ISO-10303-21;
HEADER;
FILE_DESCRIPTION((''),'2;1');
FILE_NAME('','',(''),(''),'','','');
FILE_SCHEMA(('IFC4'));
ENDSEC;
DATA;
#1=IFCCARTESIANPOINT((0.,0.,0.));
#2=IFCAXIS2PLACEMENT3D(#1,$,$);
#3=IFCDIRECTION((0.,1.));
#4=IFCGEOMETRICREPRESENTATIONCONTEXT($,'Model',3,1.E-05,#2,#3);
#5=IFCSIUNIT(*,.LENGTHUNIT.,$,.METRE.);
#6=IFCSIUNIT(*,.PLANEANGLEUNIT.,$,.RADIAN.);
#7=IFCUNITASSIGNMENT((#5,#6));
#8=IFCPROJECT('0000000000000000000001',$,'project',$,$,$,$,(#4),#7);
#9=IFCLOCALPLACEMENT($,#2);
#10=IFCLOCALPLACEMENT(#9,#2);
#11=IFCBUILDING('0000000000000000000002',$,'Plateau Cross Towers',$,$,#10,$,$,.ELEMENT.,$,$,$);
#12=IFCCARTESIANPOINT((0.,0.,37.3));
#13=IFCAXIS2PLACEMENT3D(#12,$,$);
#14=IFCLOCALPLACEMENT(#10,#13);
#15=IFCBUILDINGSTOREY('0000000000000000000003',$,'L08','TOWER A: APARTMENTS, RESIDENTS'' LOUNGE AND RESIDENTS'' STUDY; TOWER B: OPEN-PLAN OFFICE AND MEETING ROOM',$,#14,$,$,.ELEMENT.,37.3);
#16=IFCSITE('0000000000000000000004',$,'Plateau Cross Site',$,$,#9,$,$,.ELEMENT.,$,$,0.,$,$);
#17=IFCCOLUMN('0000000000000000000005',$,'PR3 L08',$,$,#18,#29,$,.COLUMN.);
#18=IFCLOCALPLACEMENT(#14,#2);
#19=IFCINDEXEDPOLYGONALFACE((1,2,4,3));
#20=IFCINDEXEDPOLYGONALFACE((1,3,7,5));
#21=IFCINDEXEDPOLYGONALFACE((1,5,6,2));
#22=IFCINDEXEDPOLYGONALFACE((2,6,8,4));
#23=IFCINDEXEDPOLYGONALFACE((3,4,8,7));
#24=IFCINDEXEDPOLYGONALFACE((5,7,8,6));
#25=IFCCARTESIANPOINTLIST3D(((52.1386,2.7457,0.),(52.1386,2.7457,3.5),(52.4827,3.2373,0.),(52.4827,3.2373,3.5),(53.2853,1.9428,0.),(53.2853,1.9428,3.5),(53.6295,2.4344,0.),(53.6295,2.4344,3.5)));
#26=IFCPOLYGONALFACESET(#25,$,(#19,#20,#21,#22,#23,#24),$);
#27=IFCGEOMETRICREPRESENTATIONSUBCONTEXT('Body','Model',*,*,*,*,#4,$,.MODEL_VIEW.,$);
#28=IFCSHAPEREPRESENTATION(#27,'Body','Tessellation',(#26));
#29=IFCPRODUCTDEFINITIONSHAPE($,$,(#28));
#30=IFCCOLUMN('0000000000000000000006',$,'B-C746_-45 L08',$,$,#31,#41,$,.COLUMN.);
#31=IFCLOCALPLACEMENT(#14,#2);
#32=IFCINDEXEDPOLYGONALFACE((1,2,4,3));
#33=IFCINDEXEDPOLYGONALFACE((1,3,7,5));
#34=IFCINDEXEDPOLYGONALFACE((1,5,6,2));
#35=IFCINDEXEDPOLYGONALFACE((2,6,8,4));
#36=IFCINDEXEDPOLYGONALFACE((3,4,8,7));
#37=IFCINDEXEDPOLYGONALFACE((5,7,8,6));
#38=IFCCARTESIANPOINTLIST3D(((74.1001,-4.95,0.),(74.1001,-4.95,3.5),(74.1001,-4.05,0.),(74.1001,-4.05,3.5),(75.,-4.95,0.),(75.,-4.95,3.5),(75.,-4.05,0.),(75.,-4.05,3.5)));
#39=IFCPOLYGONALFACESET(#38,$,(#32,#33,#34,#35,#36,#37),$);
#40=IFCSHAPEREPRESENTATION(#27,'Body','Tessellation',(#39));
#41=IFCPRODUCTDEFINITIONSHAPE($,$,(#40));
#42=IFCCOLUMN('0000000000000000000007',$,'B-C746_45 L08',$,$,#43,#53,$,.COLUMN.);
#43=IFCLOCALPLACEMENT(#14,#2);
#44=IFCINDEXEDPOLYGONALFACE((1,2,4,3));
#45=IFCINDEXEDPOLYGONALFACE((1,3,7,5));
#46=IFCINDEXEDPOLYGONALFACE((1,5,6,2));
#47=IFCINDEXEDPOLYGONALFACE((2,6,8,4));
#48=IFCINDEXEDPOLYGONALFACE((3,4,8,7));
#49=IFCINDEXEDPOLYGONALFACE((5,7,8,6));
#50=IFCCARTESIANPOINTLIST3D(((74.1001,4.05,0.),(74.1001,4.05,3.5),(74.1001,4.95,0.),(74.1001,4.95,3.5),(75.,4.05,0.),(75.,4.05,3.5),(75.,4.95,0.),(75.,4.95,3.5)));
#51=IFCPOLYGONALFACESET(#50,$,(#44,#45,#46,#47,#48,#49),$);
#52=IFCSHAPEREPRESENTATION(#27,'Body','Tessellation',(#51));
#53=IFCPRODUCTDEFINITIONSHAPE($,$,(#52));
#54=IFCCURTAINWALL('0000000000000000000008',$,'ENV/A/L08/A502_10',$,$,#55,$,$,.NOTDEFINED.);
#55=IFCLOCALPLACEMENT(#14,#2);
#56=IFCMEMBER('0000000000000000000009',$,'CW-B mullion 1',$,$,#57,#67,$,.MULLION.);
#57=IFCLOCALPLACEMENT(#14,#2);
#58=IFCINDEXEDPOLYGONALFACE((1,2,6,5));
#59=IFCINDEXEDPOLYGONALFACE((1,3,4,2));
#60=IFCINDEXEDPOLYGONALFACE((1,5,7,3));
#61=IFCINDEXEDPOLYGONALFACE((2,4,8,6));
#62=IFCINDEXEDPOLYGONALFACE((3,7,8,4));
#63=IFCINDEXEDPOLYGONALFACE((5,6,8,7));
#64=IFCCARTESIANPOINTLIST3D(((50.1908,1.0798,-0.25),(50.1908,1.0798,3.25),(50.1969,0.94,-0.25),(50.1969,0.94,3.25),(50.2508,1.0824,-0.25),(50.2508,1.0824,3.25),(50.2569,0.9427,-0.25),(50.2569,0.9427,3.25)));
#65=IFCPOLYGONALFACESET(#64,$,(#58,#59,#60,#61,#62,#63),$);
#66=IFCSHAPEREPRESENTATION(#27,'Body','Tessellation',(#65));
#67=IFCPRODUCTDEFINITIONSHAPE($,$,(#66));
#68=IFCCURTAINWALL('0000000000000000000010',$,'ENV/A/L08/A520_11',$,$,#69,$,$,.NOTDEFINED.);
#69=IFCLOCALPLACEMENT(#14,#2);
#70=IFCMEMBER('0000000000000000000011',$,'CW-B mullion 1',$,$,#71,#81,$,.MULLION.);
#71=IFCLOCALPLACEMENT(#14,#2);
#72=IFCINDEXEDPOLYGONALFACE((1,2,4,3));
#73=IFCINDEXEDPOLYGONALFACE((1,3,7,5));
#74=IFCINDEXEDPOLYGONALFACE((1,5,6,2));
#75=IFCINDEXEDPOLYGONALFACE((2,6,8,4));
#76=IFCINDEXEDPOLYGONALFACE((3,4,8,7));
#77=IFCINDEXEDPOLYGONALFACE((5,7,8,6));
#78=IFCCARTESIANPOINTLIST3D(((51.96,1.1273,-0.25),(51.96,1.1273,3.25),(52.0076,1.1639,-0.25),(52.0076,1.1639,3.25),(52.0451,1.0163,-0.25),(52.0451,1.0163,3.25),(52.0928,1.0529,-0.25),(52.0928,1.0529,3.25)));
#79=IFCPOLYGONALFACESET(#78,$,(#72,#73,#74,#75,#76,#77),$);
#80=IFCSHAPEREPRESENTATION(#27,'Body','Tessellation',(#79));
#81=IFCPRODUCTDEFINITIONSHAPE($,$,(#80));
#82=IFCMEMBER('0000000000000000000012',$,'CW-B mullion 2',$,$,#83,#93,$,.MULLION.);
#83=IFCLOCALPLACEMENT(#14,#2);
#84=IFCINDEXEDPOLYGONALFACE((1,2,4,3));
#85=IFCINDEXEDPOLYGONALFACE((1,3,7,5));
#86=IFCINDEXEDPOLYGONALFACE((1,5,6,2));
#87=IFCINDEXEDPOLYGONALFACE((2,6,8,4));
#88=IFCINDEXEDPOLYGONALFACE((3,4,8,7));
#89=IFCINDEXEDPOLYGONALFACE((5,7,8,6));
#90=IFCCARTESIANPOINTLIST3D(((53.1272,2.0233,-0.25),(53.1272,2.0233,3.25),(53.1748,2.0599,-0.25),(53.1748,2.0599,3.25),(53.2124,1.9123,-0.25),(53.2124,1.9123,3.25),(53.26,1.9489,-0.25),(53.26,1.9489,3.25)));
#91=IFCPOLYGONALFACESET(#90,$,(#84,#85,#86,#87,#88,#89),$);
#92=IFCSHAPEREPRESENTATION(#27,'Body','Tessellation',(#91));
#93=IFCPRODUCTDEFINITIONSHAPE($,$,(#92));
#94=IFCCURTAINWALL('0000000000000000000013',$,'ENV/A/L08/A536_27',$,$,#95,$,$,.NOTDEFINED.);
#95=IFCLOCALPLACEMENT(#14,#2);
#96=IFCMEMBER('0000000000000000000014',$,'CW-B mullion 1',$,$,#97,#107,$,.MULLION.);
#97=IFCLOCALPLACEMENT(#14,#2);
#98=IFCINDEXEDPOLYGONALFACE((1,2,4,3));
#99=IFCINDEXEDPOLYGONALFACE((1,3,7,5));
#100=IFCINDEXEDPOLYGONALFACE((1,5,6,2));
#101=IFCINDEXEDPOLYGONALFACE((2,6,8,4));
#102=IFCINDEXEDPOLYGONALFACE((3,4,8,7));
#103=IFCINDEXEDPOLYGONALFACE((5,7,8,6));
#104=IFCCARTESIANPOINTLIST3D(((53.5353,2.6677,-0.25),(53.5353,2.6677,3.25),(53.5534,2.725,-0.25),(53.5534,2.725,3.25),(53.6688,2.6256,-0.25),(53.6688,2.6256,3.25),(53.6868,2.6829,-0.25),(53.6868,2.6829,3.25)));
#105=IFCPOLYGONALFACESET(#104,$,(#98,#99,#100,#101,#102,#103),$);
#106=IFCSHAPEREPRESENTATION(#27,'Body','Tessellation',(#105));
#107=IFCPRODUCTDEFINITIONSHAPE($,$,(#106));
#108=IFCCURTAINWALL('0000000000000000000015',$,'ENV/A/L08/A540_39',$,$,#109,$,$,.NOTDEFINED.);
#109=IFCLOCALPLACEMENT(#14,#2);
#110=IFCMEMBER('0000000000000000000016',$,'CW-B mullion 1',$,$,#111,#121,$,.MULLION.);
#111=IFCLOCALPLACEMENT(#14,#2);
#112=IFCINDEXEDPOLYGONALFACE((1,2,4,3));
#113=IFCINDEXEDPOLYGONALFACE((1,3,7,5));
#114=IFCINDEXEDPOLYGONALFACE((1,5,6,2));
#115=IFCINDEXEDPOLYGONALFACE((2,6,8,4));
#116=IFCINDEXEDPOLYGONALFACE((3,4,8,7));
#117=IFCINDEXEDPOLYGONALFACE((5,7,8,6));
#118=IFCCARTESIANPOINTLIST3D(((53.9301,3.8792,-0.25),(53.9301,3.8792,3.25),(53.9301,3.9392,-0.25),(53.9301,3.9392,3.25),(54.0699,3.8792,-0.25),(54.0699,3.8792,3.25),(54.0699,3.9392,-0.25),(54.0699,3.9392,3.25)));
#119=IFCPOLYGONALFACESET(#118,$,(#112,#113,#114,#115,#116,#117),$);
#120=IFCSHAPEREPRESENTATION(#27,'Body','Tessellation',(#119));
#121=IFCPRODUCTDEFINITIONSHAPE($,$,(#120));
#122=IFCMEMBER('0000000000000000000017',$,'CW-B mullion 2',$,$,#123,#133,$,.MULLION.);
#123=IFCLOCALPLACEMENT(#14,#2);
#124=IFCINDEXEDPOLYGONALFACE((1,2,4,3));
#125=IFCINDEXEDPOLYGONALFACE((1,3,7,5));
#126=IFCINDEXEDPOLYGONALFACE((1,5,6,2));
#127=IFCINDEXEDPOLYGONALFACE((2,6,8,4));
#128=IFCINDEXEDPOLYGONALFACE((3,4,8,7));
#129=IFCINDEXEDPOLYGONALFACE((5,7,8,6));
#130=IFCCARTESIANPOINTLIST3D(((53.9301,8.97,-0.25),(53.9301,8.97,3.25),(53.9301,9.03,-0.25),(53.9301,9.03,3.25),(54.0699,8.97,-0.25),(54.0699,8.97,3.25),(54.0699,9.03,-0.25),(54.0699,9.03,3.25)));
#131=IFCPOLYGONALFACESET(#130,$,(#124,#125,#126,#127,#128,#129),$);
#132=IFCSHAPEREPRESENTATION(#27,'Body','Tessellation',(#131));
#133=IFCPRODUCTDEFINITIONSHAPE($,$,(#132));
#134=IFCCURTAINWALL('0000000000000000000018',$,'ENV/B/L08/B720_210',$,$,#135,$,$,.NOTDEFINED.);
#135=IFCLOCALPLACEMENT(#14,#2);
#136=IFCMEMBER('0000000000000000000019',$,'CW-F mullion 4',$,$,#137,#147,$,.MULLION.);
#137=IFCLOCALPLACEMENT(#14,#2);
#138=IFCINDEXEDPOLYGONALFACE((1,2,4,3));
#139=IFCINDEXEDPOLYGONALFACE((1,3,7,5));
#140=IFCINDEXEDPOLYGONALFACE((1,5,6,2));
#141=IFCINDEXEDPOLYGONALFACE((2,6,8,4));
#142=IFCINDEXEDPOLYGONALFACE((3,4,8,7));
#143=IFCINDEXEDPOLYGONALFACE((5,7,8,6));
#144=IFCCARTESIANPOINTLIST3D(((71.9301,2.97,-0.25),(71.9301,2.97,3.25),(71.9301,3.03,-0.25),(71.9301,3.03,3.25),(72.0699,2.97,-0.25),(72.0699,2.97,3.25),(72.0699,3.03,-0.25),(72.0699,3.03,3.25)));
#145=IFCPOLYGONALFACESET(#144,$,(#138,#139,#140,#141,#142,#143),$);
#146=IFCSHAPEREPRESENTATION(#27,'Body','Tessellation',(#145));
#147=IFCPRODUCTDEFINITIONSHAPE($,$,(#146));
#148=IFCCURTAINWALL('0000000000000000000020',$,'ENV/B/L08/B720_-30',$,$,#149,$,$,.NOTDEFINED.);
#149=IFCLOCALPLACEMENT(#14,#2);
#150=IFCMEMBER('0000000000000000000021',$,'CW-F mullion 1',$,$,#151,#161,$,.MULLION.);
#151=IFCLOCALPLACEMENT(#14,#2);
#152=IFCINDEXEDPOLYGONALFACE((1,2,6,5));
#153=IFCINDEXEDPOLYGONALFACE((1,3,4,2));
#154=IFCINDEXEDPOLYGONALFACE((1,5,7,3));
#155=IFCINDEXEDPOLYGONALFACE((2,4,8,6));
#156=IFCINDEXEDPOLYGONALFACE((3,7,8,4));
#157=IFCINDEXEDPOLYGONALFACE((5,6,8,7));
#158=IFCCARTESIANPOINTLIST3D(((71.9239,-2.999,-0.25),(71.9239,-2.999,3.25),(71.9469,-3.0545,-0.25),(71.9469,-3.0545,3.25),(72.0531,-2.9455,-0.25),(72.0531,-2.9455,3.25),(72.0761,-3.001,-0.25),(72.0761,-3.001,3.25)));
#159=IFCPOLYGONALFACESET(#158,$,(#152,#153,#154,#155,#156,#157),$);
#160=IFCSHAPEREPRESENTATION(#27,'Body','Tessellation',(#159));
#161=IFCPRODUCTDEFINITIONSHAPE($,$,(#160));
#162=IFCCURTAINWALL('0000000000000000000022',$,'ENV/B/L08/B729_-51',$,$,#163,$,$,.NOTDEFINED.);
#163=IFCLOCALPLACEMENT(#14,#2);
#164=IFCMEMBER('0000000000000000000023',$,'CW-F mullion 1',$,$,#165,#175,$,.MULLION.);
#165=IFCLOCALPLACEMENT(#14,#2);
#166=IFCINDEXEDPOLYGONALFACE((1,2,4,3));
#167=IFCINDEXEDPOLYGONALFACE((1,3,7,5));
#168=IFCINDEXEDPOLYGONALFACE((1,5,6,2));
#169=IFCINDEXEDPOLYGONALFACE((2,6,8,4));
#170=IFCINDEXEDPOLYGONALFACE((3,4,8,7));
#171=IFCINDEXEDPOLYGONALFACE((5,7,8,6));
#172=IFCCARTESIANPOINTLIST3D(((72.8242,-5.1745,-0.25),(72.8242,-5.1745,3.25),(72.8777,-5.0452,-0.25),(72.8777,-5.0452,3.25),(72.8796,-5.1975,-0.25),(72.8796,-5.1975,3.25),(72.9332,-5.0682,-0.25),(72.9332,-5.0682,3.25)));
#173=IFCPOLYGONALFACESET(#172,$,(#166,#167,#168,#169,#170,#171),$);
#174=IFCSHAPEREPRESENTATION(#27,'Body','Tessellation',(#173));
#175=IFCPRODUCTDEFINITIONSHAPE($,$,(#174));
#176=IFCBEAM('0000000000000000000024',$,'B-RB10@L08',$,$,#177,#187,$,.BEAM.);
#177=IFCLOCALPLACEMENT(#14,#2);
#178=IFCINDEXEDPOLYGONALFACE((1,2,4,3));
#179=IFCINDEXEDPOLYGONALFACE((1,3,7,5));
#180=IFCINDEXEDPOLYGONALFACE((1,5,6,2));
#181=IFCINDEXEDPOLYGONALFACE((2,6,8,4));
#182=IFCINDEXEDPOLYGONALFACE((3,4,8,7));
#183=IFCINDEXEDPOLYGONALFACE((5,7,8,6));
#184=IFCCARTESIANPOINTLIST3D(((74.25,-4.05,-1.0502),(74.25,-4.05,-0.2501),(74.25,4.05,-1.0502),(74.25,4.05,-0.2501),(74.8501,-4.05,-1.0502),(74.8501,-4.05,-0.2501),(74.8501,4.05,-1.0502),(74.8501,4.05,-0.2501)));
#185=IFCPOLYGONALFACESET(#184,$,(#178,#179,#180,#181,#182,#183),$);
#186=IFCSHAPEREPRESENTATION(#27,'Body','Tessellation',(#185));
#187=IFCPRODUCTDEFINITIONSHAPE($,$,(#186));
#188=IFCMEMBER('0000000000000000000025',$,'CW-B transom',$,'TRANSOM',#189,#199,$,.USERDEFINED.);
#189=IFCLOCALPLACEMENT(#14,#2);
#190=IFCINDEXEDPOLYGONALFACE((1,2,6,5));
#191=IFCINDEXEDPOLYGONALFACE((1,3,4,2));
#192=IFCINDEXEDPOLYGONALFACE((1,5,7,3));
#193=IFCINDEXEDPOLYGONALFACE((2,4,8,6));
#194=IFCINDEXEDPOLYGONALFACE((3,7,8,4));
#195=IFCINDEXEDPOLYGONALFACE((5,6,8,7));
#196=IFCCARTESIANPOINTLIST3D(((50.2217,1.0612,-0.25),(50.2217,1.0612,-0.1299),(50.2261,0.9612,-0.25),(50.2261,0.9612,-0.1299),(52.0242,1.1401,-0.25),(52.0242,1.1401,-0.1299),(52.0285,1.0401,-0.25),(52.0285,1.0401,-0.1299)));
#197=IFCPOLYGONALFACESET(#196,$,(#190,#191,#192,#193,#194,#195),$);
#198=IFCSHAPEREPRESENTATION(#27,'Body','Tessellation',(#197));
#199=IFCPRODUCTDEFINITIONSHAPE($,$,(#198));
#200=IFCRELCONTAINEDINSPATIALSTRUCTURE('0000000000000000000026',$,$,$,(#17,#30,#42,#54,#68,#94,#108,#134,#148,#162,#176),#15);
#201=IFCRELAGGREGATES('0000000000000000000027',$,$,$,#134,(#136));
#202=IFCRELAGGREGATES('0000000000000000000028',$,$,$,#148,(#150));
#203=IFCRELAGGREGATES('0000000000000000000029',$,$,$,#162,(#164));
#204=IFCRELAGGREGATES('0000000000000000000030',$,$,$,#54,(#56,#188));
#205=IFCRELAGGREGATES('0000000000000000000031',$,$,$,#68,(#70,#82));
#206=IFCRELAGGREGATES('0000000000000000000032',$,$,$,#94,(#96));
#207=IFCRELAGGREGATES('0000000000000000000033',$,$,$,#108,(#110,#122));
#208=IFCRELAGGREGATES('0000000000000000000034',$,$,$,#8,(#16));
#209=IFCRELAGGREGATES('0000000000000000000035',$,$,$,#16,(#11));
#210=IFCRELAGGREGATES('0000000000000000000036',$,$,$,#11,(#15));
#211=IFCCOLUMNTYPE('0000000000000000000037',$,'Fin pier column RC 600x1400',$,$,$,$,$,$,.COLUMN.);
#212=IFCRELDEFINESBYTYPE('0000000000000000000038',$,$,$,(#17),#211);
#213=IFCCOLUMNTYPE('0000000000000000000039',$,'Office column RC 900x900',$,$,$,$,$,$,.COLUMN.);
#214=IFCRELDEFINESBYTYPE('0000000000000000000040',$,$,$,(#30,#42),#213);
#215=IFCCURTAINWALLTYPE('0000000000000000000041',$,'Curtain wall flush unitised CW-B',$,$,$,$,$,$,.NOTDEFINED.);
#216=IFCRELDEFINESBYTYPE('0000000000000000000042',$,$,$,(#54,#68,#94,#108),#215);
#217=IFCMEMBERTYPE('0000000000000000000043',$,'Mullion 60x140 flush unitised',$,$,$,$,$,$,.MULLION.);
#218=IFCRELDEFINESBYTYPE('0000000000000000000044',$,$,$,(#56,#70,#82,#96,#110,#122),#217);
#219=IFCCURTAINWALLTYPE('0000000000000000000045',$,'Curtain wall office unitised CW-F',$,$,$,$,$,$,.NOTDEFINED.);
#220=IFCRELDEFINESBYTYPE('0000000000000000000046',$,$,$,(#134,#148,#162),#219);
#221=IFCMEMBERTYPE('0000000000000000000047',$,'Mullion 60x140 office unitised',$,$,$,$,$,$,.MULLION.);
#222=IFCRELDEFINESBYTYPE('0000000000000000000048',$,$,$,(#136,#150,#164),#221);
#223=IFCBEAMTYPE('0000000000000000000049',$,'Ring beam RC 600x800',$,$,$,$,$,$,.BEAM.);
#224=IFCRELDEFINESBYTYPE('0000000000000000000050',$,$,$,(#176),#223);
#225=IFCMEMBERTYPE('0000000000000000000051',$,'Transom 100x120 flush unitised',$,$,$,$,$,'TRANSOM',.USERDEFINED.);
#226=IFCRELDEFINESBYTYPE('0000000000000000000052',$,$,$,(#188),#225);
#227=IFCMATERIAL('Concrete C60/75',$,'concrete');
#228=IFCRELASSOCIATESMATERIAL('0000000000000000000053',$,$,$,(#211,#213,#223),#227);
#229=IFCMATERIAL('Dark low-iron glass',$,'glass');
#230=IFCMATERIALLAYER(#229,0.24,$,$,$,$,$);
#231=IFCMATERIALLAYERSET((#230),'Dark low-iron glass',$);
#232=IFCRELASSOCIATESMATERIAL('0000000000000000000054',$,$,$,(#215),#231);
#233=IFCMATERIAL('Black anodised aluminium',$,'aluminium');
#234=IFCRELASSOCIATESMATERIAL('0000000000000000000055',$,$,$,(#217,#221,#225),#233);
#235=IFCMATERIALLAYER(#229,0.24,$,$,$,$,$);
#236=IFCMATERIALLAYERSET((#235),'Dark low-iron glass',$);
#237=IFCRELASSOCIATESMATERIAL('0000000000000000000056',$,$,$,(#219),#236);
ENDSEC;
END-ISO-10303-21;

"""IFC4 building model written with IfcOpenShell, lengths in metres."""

from ifc_helpers import new_model, si_unit, direction, frame, origin, origin_2d, place, context, subcontext, project, spatial, rectangle, extrude, material, layer, layer_set, material_profile, profile_set, type_object, element, aggregate, save


model = new_model("IFC4")

# Units and contexts
model_context = context("Model", 3, precision=1e-05, world=origin(), true_north=direction((0.0, 1.0)))
body_context = subcontext(model_context, "Body", "Model", "MODEL_VIEW")
ifc_project = project(units=[si_unit("LENGTHUNIT", "METRE"), si_unit("PLANEANGLEUNIT", "RADIAN")], contexts=[model_context])

# Site, building, storey
site_placement = place(None, origin())
site = spatial("IfcSite", under=ifc_project, at=site_placement, Name="Plateau Cross Site", CompositionType="ELEMENT", RefElevation=0.0)
building_placement = place(site_placement, origin())
building = spatial("IfcBuilding", under=site, at=building_placement, Name="Plateau Cross Towers", CompositionType="ELEMENT")
storey_placement = place(building_placement, frame((0.0, 0.0, 37.3)))
storey = spatial("IfcBuildingStorey", under=building, at=storey_placement, Name="L08", Description="TOWER A: APARTMENTS, RESIDENTS' LOUNGE AND RESIDENTS' STUDY; TOWER B: OPEN-PLAN OFFICE AND MEETING ROOM", CompositionType="ELEMENT", Elevation=37.3)

# Columns
ifc_material_1 = material(Name="Concrete C60/75", Category="concrete")
ifc_material_profile_1 = material_profile(ifc_material_1, rectangle(XDim=0.6001, YDim=1.3999, at=origin_2d()), Name="RC 600x1400")
ifc_profile_set_1 = profile_set([ifc_material_profile_1], Name="Concrete C60/75")
column_type_1 = type_object("IfcColumnType", Name="Fin pier column RC 600x1400", PredefinedType="COLUMN", material=ifc_profile_set_1)
column_placement = place(storey_placement, frame((52.884, 2.5901, 0.0), z_axis=(0.0, 0.0, 1.0), x_axis=(0.573543, 0.819176, 0.0)))
element("IfcColumn", 1, at=column_placement, inside=storey, type_object=column_type_1, Name="PR3 L08", PredefinedType="COLUMN", context=body_context, shape_type="SweptSolid", body=[
    extrude(rectangle(XDim=0.6001, YDim=1.3999, at=origin_2d()), origin(), (0.0, 0.0, 1.0), 3.5),
])
ifc_material_profile_2 = material_profile(ifc_material_1, rectangle(XDim=0.8999, YDim=0.8999, at=origin_2d()), Name="RC 900x900")
ifc_profile_set_2 = profile_set([ifc_material_profile_2], Name="Concrete C60/75")
column_type_2 = type_object("IfcColumnType", Name="Office column RC 900x900", PredefinedType="COLUMN", material=ifc_profile_set_2)
for number, where, z_axis, x_axis, name in (
    (2, (74.55, -4.5, 0.0), (0.0, 0.0, 1.0), (1.0, 0.0, 0.0), "B-C746_-45 L08"),
    (3, (74.55, 4.5, 0.0), (0.0, 0.0, 1.0), (1.0, 0.0, 0.0), "B-C746_45 L08"),
):
    element("IfcColumn", number, at=place(storey_placement, frame(where, z_axis=z_axis, x_axis=x_axis)), inside=storey, type_object=column_type_2, Name=name, PredefinedType="COLUMN", context=body_context, shape_type="SweptSolid", body=[
        extrude(rectangle(XDim=0.8999, YDim=0.8999, at=origin_2d()), origin(), (0.0, 0.0, 1.0), 3.5),
    ])

# Curtain wall, member
ifc_material_2 = material(Name="Dark low-iron glass", Category="glass")
ifc_layer_1 = layer(ifc_material_2, 0.24)
ifc_layer_set_1 = layer_set([ifc_layer_1], Name="Dark low-iron glass")
curtain_wall_type_1 = type_object("IfcCurtainWallType", Name="Curtain wall flush unitised CW-B", PredefinedType="NOTDEFINED", material=ifc_layer_set_1)
curtain_wall_1_placement = place(storey_placement, origin())
curtain_wall_1 = element("IfcCurtainWall", 4, at=curtain_wall_1_placement, inside=storey, type_object=curtain_wall_type_1, Name="ENV/A/L08/A502_10", PredefinedType="NOTDEFINED")
ifc_material_3 = material(Name="Black anodised aluminium", Category="aluminium")
ifc_material_profile_3 = material_profile(ifc_material_3, rectangle(XDim=0.0601, YDim=0.1399, at=origin_2d()), Name="MULLION 60x140")
ifc_profile_set_3 = profile_set([ifc_material_profile_3], Name="Black anodised aluminium")
member_type_1 = type_object("IfcMemberType", Name="Mullion 60x140 flush unitised", PredefinedType="MULLION", material=ifc_profile_set_3)
member_1_placement = place(storey_placement, frame((50.2239, 1.0112, -0.25), z_axis=(0.0, 0.0, 1.0), x_axis=(0.999044, 0.043723, 0.0)))
member_1 = element("IfcMember", 5, at=member_1_placement, type_object=member_type_1, Name="CW-B mullion 1", PredefinedType="MULLION", context=body_context, shape_type="SweptSolid", body=[
    extrude(rectangle(XDim=0.0601, YDim=0.1399, at=origin_2d()), origin(), (0.0, 0.0, 1.0), 3.5),
])

# Curtain wall, members
curtain_wall_2_placement = place(storey_placement, origin())
curtain_wall_2 = element("IfcCurtainWall", 6, at=curtain_wall_2_placement, inside=storey, type_object=curtain_wall_type_1, Name="ENV/A/L08/A520_11", PredefinedType="NOTDEFINED")
member_2_placement = place(storey_placement, frame((52.0264, 1.0901, -0.25), z_axis=(0.0, 0.0, 1.0), x_axis=(0.793316, 0.608811, 0.0)))
member_2 = element("IfcMember", 7, at=member_2_placement, type_object=member_type_1, Name="CW-B mullion 1", PredefinedType="MULLION", context=body_context, shape_type="SweptSolid", body=[
    extrude(rectangle(XDim=0.0601, YDim=0.1399, at=origin_2d()), origin(), (0.0, 0.0, 1.0), 3.5),
])
member_3_placement = place(storey_placement, frame((53.1936, 1.9861, -0.25), z_axis=(0.0, 0.0, 1.0), x_axis=(0.793316, 0.608811, 0.0)))
member_3 = element("IfcMember", 8, at=member_3_placement, type_object=member_type_1, Name="CW-B mullion 2", PredefinedType="MULLION", context=body_context, shape_type="SweptSolid", body=[
    extrude(rectangle(XDim=0.0601, YDim=0.1399, at=origin_2d()), origin(), (0.0, 0.0, 1.0), 3.5),
])

# Curtain wall, member
curtain_wall_3_placement = place(storey_placement, origin())
curtain_wall_3 = element("IfcCurtainWall", 9, at=curtain_wall_3_placement, inside=storey, type_object=curtain_wall_type_1, Name="ENV/A/L08/A536_27", PredefinedType="NOTDEFINED")
member_4_placement = place(storey_placement, frame((53.6111, 2.6753, -0.25), z_axis=(0.0, 0.0, 1.0), x_axis=(0.300686, 0.953723, 0.0)))
member_4 = element("IfcMember", 10, at=member_4_placement, type_object=member_type_1, Name="CW-B mullion 1", PredefinedType="MULLION", context=body_context, shape_type="SweptSolid", body=[
    extrude(rectangle(XDim=0.0601, YDim=0.1399, at=origin_2d()), origin(), (0.0, 0.0, 1.0), 3.5),
])

# Curtain wall, members
curtain_wall_4_placement = place(storey_placement, origin())
curtain_wall_4 = element("IfcCurtainWall", 11, at=curtain_wall_4_placement, inside=storey, type_object=curtain_wall_type_1, Name="ENV/A/L08/A540_39", PredefinedType="NOTDEFINED")
member_5_placement = place(storey_placement, frame((54.0, 3.9092, -0.25), z_axis=(0.0, 0.0, 1.0), x_axis=(0.0, 1.0, 0.0)))
member_5 = element("IfcMember", 12, at=member_5_placement, type_object=member_type_1, Name="CW-B mullion 1", PredefinedType="MULLION", context=body_context, shape_type="SweptSolid", body=[
    extrude(rectangle(XDim=0.0601, YDim=0.1399, at=origin_2d()), origin(), (0.0, 0.0, 1.0), 3.5),
])
member_6_placement = place(storey_placement, frame((54.0, 9.0, -0.25), z_axis=(0.0, 0.0, 1.0), x_axis=(0.0, 1.0, 0.0)))
member_6 = element("IfcMember", 13, at=member_6_placement, type_object=member_type_1, Name="CW-B mullion 2", PredefinedType="MULLION", context=body_context, shape_type="SweptSolid", body=[
    extrude(rectangle(XDim=0.0601, YDim=0.1399, at=origin_2d()), origin(), (0.0, 0.0, 1.0), 3.5),
])

# Curtain walls, members
ifc_layer_2 = layer(ifc_material_2, 0.24)
ifc_layer_set_2 = layer_set([ifc_layer_2], Name="Dark low-iron glass")
curtain_wall_type_2 = type_object("IfcCurtainWallType", Name="Curtain wall office unitised CW-F", PredefinedType="NOTDEFINED", material=ifc_layer_set_2)
curtain_wall_5_placement = place(storey_placement, origin())
curtain_wall_5 = element("IfcCurtainWall", 14, at=curtain_wall_5_placement, inside=storey, type_object=curtain_wall_type_2, Name="ENV/B/L08/B720_210", PredefinedType="NOTDEFINED")
ifc_material_profile_4 = material_profile(ifc_material_3, rectangle(XDim=0.0601, YDim=0.1399, at=origin_2d()), Name="MULLION 60x140")
ifc_profile_set_4 = profile_set([ifc_material_profile_4], Name="Black anodised aluminium")
member_type_2 = type_object("IfcMemberType", Name="Mullion 60x140 office unitised", PredefinedType="MULLION", material=ifc_profile_set_4)
member_7_placement = place(storey_placement, frame((72.0, 3.0, -0.25), z_axis=(0.0, 0.0, 1.0), x_axis=(0.0, -1.0, 0.0)))
member_7 = element("IfcMember", 15, at=member_7_placement, type_object=member_type_2, Name="CW-F mullion 4", PredefinedType="MULLION", context=body_context, shape_type="SweptSolid", body=[
    extrude(rectangle(XDim=0.0601, YDim=0.1399, at=origin_2d()), origin(), (0.0, 0.0, 1.0), 3.5),
])
curtain_wall_6_placement = place(storey_placement, origin())
curtain_wall_6 = element("IfcCurtainWall", 16, at=curtain_wall_6_placement, inside=storey, type_object=curtain_wall_type_2, Name="ENV/B/L08/B720_-30", PredefinedType="NOTDEFINED")
member_8_placement = place(storey_placement, frame((72.0, -3.0, -0.25), z_axis=(0.0, 0.0, 1.0), x_axis=(0.382684, -0.923879, 0.0)))
member_8 = element("IfcMember", 17, at=member_8_placement, type_object=member_type_2, Name="CW-F mullion 1", PredefinedType="MULLION", context=body_context, shape_type="SweptSolid", body=[
    extrude(rectangle(XDim=0.0601, YDim=0.1399, at=origin_2d()), origin(), (0.0, 0.0, 1.0), 3.5),
])
curtain_wall_7_placement = place(storey_placement, origin())
curtain_wall_7 = element("IfcCurtainWall", 18, at=curtain_wall_7_placement, inside=storey, type_object=curtain_wall_type_2, Name="ENV/B/L08/B729_-51", PredefinedType="NOTDEFINED")
member_9_placement = place(storey_placement, frame((72.8787, -5.1213, -0.25), z_axis=(0.0, 0.0, 1.0), x_axis=(0.923879, -0.382684, 0.0)))
member_9 = element("IfcMember", 19, at=member_9_placement, type_object=member_type_2, Name="CW-F mullion 1", PredefinedType="MULLION", context=body_context, shape_type="SweptSolid", body=[
    extrude(rectangle(XDim=0.0601, YDim=0.1399, at=origin_2d()), origin(), (0.0, 0.0, 1.0), 3.5),
])

# Beam
ifc_material_profile_5 = material_profile(ifc_material_1, rectangle(XDim=0.6001, YDim=0.8, at=origin_2d()), Name="RC 600x800")
ifc_profile_set_5 = profile_set([ifc_material_profile_5], Name="Concrete C60/75")
beam_type = type_object("IfcBeamType", Name="Ring beam RC 600x800", PredefinedType="BEAM", material=ifc_profile_set_5)
beam_placement = place(storey_placement, frame((74.55, 4.05, -0.6501), z_axis=(0.0, -1.0, 0.0), x_axis=(1.0, 0.0, 0.0)))
element("IfcBeam", 20, at=beam_placement, inside=storey, type_object=beam_type, Name="B-RB10@L08", PredefinedType="BEAM", context=body_context, shape_type="SweptSolid", body=[
    extrude(rectangle(XDim=0.6001, YDim=0.8, at=origin_2d()), origin(), (0.0, 0.0, 1.0), 8.1001),
])

# Member
ifc_material_profile_6 = material_profile(ifc_material_3, rectangle(XDim=0.1001, YDim=0.1201, at=origin_2d()), Name="TRANSOM 100x120")
ifc_profile_set_6 = profile_set([ifc_material_profile_6], Name="Black anodised aluminium")
member_type_3 = type_object("IfcMemberType", Name="Transom 100x120 flush unitised", ElementType="TRANSOM", PredefinedType="USERDEFINED", material=ifc_profile_set_6)
member_10_placement = place(storey_placement, frame((50.2239, 1.0112, -0.1899), z_axis=(0.999044, 0.043707, 0.0), x_axis=(-0.043707, 0.999044, 0.0)))
member_10 = element("IfcMember", 21, at=member_10_placement, type_object=member_type_3, Name="CW-B transom", ObjectType="TRANSOM", PredefinedType="USERDEFINED", context=body_context, shape_type="SweptSolid", body=[
    extrude(rectangle(XDim=0.1001, YDim=0.1201, at=origin_2d()), origin(), (0.0, 0.0, 1.0), 1.8042),
])

aggregate(curtain_wall_5, [member_7])
aggregate(curtain_wall_6, [member_8])
aggregate(curtain_wall_7, [member_9])
aggregate(curtain_wall_1, [member_1, member_10])
aggregate(curtain_wall_2, [member_2, member_3])
aggregate(curtain_wall_3, [member_4])
aggregate(curtain_wall_4, [member_5, member_6])

save(model, "model.ifc")
